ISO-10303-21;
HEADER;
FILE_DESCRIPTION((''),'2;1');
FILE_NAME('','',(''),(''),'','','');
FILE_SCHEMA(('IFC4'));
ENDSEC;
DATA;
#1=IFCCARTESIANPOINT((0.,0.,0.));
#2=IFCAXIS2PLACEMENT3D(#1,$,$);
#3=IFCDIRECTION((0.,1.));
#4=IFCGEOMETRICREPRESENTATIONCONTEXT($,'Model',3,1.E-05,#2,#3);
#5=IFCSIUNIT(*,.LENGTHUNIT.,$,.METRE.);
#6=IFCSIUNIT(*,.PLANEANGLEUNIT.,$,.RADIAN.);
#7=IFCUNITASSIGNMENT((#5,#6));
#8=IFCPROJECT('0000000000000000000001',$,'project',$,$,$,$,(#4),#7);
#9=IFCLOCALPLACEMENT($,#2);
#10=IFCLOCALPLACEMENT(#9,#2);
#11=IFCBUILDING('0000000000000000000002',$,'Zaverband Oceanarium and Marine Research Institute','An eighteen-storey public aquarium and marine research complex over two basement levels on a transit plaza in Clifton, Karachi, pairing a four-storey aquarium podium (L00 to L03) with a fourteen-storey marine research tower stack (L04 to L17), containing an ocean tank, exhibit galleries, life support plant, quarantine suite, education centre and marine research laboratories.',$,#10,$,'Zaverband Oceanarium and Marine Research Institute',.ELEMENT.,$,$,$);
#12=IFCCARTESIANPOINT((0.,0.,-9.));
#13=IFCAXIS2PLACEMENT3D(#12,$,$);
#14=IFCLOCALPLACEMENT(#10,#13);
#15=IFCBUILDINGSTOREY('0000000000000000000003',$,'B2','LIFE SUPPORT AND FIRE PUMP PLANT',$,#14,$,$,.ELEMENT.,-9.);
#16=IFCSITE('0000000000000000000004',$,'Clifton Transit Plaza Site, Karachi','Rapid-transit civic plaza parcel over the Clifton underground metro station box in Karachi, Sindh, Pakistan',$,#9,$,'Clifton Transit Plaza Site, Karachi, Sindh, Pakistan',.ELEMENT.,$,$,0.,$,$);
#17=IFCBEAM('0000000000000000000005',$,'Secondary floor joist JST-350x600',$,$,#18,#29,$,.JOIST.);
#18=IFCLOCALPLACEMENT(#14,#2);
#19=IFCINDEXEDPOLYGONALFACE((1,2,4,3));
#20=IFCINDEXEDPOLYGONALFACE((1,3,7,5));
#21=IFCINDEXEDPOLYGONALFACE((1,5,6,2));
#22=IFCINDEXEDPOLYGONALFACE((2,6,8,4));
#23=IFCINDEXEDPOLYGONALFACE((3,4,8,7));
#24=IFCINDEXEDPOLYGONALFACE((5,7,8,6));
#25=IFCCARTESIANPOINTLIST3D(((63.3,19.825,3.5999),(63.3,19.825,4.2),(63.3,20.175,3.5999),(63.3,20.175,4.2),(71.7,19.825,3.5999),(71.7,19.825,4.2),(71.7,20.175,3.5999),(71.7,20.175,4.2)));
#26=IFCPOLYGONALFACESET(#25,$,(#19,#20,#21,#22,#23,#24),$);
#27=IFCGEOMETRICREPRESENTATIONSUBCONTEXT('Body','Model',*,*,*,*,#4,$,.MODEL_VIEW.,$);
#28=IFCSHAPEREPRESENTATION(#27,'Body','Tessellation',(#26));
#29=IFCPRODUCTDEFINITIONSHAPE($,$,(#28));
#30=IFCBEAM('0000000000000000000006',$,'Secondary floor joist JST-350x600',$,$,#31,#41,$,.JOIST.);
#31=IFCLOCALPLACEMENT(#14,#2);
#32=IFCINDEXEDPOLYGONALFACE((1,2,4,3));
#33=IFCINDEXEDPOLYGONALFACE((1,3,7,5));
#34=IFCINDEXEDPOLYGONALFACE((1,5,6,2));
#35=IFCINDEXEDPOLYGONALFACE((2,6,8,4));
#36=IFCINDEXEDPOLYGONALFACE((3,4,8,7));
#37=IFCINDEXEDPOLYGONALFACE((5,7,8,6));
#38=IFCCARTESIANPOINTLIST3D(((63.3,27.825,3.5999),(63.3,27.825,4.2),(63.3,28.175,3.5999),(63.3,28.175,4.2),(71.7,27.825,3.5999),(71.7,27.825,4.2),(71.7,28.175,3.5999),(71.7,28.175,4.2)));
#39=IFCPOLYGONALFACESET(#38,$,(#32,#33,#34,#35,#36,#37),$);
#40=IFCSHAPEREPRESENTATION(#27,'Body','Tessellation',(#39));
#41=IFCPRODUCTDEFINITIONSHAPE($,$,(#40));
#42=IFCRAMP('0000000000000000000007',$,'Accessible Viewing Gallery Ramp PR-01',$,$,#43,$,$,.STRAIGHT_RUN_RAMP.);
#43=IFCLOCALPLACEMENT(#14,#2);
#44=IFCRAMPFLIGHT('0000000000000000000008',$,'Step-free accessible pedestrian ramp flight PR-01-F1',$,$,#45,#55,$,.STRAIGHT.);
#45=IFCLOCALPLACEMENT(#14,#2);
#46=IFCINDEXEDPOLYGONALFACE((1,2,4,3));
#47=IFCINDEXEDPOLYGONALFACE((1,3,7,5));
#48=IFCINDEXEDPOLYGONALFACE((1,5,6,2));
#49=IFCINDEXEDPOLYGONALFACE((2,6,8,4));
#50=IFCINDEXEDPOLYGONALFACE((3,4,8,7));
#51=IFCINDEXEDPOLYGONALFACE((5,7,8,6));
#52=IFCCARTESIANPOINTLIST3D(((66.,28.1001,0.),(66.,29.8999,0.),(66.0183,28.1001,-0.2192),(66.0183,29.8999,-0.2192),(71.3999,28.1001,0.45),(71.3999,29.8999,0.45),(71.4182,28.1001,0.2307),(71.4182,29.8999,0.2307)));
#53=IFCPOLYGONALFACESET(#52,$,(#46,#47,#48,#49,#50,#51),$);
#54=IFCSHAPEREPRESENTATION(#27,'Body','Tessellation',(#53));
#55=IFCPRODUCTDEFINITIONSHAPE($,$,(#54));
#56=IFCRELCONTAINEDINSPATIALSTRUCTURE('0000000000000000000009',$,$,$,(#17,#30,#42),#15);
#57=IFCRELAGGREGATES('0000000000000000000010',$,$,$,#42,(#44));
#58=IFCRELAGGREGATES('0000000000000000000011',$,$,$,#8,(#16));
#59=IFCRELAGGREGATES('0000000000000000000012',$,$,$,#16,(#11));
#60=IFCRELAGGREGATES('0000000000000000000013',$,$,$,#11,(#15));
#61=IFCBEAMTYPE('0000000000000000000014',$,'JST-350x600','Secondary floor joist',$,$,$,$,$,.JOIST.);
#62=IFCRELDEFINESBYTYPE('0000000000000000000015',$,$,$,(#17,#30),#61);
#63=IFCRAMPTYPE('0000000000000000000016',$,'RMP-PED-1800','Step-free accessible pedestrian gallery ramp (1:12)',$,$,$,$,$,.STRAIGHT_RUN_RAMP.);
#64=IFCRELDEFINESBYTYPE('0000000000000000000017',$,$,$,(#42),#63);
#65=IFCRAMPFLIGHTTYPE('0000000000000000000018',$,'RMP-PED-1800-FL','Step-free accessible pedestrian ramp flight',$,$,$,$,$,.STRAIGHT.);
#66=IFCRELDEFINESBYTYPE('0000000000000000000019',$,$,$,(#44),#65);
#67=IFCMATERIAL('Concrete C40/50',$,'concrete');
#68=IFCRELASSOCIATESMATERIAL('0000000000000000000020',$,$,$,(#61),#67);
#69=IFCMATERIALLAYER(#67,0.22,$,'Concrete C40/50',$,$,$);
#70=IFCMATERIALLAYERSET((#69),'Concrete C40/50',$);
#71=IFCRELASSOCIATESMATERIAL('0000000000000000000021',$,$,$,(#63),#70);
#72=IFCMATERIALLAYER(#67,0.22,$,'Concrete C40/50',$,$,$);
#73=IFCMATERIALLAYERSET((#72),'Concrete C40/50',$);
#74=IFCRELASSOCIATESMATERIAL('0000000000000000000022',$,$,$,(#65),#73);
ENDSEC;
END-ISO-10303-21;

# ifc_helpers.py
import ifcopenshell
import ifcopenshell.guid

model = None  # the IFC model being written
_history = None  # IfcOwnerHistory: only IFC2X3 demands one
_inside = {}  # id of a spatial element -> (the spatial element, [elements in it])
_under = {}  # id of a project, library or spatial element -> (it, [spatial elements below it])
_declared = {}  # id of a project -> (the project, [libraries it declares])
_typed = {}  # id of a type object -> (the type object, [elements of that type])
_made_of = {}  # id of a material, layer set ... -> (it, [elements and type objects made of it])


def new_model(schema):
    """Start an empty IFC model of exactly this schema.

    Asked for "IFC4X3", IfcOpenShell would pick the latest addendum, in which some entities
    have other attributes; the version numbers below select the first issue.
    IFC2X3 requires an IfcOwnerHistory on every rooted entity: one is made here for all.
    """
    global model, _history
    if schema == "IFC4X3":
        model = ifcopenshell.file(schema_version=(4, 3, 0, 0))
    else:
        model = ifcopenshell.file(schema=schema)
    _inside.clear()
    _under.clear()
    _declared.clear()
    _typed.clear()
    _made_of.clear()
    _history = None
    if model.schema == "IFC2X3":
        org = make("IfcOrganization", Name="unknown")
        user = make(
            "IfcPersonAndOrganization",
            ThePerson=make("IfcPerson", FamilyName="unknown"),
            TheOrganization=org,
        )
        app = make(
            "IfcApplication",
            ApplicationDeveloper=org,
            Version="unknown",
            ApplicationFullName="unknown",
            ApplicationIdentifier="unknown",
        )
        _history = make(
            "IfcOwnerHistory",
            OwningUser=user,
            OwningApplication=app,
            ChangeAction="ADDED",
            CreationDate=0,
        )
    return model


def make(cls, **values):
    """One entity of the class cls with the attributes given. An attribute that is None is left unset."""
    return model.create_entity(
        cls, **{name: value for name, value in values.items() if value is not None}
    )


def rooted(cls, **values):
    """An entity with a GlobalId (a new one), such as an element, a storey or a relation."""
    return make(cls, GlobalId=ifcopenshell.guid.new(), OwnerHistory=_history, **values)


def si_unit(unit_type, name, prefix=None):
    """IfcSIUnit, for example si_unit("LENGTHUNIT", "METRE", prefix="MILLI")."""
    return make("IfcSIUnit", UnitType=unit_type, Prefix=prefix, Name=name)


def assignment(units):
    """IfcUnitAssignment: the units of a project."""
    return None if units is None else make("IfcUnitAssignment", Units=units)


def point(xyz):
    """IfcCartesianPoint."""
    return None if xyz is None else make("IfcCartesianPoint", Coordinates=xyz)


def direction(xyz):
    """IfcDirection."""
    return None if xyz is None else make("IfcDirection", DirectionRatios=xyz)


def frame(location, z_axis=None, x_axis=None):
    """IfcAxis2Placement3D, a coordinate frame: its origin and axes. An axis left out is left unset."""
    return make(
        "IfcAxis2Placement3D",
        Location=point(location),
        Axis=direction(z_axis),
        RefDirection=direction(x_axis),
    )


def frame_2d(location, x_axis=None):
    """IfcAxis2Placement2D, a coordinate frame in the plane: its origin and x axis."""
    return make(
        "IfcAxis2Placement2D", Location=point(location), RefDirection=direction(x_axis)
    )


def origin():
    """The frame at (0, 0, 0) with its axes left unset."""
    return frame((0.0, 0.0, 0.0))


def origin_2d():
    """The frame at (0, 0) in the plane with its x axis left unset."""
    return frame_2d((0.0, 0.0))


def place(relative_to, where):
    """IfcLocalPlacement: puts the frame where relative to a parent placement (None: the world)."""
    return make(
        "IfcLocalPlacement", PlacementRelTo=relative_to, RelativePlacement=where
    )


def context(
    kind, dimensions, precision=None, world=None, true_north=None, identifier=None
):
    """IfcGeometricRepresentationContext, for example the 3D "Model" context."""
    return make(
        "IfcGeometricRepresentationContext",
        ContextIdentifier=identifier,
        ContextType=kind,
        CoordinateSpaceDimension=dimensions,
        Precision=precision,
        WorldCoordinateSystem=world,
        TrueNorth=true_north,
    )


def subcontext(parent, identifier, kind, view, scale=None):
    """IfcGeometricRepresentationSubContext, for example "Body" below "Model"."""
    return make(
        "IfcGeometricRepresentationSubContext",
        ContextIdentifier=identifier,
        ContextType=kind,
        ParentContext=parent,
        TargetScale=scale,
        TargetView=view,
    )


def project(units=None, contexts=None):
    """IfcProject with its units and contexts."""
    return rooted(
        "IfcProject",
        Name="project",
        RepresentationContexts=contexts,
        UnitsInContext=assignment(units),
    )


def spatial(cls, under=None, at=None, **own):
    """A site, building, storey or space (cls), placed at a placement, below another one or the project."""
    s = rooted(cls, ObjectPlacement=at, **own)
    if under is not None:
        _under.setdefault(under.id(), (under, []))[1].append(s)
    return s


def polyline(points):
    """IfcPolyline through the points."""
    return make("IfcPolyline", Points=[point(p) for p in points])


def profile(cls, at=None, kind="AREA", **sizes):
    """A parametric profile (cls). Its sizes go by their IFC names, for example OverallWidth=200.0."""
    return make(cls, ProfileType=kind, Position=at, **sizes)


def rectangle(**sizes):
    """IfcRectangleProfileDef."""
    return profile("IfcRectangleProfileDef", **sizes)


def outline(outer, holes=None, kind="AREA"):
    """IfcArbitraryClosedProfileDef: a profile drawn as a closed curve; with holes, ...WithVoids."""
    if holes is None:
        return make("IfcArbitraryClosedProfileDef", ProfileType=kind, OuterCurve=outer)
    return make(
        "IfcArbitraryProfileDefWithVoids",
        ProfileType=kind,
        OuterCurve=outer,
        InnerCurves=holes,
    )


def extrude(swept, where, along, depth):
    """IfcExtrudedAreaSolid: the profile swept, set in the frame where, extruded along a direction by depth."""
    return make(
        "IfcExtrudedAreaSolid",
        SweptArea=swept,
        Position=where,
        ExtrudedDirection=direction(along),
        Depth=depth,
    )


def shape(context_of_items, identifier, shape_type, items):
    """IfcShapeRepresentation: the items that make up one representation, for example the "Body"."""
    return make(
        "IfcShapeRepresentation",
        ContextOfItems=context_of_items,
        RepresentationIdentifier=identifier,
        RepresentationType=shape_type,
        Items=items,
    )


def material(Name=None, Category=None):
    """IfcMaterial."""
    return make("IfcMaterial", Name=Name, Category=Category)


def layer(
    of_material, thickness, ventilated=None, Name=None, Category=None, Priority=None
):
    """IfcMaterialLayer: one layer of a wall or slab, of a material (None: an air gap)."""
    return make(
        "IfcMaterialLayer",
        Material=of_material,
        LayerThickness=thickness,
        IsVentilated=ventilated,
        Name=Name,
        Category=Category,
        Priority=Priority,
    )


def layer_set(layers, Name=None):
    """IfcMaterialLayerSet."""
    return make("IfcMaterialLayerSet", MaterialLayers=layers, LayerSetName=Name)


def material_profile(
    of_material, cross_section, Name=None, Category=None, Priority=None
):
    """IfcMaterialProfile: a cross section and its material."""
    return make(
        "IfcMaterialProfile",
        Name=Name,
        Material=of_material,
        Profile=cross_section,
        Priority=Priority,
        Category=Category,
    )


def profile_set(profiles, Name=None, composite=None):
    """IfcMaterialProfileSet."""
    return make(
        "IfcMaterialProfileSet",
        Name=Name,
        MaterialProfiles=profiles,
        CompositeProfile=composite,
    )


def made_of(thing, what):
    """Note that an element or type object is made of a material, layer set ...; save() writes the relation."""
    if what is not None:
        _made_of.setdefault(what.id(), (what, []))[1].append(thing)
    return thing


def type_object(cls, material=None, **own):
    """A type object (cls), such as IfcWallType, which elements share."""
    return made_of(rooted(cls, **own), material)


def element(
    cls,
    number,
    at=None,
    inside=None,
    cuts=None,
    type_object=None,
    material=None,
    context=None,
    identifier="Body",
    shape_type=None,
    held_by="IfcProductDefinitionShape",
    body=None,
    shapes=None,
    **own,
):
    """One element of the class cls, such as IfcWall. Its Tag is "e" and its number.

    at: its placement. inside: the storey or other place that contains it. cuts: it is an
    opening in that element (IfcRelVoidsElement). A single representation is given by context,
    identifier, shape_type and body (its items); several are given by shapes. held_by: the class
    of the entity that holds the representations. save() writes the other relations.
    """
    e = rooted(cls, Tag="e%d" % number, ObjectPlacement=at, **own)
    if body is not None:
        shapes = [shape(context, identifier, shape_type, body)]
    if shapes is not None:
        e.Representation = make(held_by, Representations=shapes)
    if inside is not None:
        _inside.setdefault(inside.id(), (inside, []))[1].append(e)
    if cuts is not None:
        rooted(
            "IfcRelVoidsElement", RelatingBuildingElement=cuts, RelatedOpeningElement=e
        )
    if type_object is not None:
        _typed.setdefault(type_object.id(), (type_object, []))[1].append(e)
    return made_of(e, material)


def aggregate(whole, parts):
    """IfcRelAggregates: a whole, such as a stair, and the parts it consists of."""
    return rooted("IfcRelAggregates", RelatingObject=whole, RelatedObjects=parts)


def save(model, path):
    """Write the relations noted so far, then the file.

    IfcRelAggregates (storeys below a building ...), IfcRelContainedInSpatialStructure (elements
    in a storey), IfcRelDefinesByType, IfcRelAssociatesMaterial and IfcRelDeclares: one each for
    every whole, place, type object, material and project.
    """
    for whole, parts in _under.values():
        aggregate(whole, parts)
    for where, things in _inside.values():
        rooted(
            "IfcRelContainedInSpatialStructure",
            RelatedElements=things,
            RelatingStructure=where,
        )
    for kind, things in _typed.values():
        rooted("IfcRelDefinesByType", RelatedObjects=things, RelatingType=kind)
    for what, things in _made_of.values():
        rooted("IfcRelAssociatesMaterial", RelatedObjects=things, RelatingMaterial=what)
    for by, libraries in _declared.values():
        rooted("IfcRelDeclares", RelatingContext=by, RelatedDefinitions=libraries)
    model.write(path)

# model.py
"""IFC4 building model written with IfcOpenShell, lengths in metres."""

from ifc_helpers import new_model, si_unit, direction, frame, origin, origin_2d, place, context, subcontext, project, spatial, polyline, rectangle, outline, extrude, material, layer, layer_set, material_profile, profile_set, type_object, element, aggregate, save


model = new_model("IFC4")

# Units and contexts
model_context = context("Model", 3, precision=1e-05, world=origin(), true_north=direction((0.0, 1.0)))
body_context = subcontext(model_context, "Body", "Model", "MODEL_VIEW")
ifc_project = project(units=[si_unit("LENGTHUNIT", "METRE"), si_unit("PLANEANGLEUNIT", "RADIAN")], contexts=[model_context])

# Site, building, storey
site_placement = place(None, origin())
site = spatial("IfcSite", under=ifc_project, at=site_placement, Name="Clifton Transit Plaza Site, Karachi", Description="Rapid-transit civic plaza parcel over the Clifton underground metro station box in Karachi, Sindh, Pakistan", LongName="Clifton Transit Plaza Site, Karachi, Sindh, Pakistan", CompositionType="ELEMENT", RefElevation=0.0)
building_placement = place(site_placement, origin())
building = spatial("IfcBuilding", under=site, at=building_placement, Name="Zaverband Oceanarium and Marine Research Institute", Description="An eighteen-storey public aquarium and marine research complex over two basement levels on a transit plaza in Clifton, Karachi, pairing a four-storey aquarium podium (L00 to L03) with a fourteen-storey marine research tower stack (L04 to L17), containing an ocean tank, exhibit galleries, life support plant, quarantine suite, education centre and marine research laboratories.", LongName="Zaverband Oceanarium and Marine Research Institute", CompositionType="ELEMENT")
storey_placement = place(building_placement, frame((0.0, 0.0, -9.0)))
storey = spatial("IfcBuildingStorey", under=building, at=storey_placement, Name="B2", Description="LIFE SUPPORT AND FIRE PUMP PLANT", CompositionType="ELEMENT", Elevation=-9.0)

# Beams
ifc_material_1 = material(Name="Concrete C40/50", Category="concrete")
ifc_material_profile_1 = material_profile(ifc_material_1, rectangle(XDim=0.3501, YDim=0.6001, at=origin_2d()), Name="RC350x600")
ifc_profile_set_1 = profile_set([ifc_material_profile_1], Name="Concrete C40/50")
beam_type_1 = type_object("IfcBeamType", Name="JST-350x600", Description="Secondary floor joist", PredefinedType="JOIST", material=ifc_profile_set_1)
for number, where, z_axis, x_axis, name in (
    (1, (63.3, 20.0, 3.8999), (1.0, 0.0, 0.0), (0.0, 1.0, 0.0), "Secondary floor joist JST-350x600"),
    (2, (63.3, 28.0, 3.8999), (1.0, 0.0, 0.0), (0.0, 1.0, 0.0), "Secondary floor joist JST-350x600"),
):
    element("IfcBeam", number, at=place(storey_placement, frame(where, z_axis=z_axis, x_axis=x_axis)), inside=storey, type_object=beam_type_1, Name=name, PredefinedType="JOIST", context=body_context, shape_type="SweptSolid", body=[
        extrude(rectangle(XDim=0.3501, YDim=0.6001, at=origin_2d()), origin(), (0.0, 0.0, 1.0), 8.3999),
    ])

# Ramp, ramp flight
ifc_layer_1 = layer(ifc_material_1, 0.22, Name="Concrete C40/50")
ifc_layer_set_1 = layer_set([ifc_layer_1], Name="Concrete C40/50")
ramp_type = type_object("IfcRampType", Name="RMP-PED-1800", Description="Step-free accessible pedestrian gallery ramp (1:12)", PredefinedType="STRAIGHT_RUN_RAMP", material=ifc_layer_set_1)
ramp_placement = place(storey_placement, origin())
ramp = element("IfcRamp", 3, at=ramp_placement, inside=storey, type_object=ramp_type, Name="Accessible Viewing Gallery Ramp PR-01", PredefinedType="STRAIGHT_RUN_RAMP")
ifc_layer_2 = layer(ifc_material_1, 0.22, Name="Concrete C40/50")
ifc_layer_set_2 = layer_set([ifc_layer_2], Name="Concrete C40/50")
ramp_flight_type = type_object("IfcRampFlightType", Name="RMP-PED-1800-FL", Description="Step-free accessible pedestrian ramp flight", PredefinedType="STRAIGHT", material=ifc_layer_set_2)
ramp_flight_placement = place(storey_placement, frame((66.0, 28.1001, 0.0), z_axis=(-0.083038, 0.0, 0.996546), x_axis=(0.0, 1.0, 0.0)))
ramp_flight = element("IfcRampFlight", 4, at=ramp_flight_placement, type_object=ramp_flight_type, Name="Step-free accessible pedestrian ramp flight PR-01-F1", PredefinedType="STRAIGHT", context=body_context, shape_type="SweptSolid", body=[
    extrude(outline(polyline([(0.0, 0.0), (1.7998, 0.0), (1.7998, -5.4186), (0.0, -5.4186), (0.0, 0.0)])), origin(), (0.0, 0.0, -1.0), 0.22),
])
aggregate(ramp, [ramp_flight])

save(model, "model.ifc")
